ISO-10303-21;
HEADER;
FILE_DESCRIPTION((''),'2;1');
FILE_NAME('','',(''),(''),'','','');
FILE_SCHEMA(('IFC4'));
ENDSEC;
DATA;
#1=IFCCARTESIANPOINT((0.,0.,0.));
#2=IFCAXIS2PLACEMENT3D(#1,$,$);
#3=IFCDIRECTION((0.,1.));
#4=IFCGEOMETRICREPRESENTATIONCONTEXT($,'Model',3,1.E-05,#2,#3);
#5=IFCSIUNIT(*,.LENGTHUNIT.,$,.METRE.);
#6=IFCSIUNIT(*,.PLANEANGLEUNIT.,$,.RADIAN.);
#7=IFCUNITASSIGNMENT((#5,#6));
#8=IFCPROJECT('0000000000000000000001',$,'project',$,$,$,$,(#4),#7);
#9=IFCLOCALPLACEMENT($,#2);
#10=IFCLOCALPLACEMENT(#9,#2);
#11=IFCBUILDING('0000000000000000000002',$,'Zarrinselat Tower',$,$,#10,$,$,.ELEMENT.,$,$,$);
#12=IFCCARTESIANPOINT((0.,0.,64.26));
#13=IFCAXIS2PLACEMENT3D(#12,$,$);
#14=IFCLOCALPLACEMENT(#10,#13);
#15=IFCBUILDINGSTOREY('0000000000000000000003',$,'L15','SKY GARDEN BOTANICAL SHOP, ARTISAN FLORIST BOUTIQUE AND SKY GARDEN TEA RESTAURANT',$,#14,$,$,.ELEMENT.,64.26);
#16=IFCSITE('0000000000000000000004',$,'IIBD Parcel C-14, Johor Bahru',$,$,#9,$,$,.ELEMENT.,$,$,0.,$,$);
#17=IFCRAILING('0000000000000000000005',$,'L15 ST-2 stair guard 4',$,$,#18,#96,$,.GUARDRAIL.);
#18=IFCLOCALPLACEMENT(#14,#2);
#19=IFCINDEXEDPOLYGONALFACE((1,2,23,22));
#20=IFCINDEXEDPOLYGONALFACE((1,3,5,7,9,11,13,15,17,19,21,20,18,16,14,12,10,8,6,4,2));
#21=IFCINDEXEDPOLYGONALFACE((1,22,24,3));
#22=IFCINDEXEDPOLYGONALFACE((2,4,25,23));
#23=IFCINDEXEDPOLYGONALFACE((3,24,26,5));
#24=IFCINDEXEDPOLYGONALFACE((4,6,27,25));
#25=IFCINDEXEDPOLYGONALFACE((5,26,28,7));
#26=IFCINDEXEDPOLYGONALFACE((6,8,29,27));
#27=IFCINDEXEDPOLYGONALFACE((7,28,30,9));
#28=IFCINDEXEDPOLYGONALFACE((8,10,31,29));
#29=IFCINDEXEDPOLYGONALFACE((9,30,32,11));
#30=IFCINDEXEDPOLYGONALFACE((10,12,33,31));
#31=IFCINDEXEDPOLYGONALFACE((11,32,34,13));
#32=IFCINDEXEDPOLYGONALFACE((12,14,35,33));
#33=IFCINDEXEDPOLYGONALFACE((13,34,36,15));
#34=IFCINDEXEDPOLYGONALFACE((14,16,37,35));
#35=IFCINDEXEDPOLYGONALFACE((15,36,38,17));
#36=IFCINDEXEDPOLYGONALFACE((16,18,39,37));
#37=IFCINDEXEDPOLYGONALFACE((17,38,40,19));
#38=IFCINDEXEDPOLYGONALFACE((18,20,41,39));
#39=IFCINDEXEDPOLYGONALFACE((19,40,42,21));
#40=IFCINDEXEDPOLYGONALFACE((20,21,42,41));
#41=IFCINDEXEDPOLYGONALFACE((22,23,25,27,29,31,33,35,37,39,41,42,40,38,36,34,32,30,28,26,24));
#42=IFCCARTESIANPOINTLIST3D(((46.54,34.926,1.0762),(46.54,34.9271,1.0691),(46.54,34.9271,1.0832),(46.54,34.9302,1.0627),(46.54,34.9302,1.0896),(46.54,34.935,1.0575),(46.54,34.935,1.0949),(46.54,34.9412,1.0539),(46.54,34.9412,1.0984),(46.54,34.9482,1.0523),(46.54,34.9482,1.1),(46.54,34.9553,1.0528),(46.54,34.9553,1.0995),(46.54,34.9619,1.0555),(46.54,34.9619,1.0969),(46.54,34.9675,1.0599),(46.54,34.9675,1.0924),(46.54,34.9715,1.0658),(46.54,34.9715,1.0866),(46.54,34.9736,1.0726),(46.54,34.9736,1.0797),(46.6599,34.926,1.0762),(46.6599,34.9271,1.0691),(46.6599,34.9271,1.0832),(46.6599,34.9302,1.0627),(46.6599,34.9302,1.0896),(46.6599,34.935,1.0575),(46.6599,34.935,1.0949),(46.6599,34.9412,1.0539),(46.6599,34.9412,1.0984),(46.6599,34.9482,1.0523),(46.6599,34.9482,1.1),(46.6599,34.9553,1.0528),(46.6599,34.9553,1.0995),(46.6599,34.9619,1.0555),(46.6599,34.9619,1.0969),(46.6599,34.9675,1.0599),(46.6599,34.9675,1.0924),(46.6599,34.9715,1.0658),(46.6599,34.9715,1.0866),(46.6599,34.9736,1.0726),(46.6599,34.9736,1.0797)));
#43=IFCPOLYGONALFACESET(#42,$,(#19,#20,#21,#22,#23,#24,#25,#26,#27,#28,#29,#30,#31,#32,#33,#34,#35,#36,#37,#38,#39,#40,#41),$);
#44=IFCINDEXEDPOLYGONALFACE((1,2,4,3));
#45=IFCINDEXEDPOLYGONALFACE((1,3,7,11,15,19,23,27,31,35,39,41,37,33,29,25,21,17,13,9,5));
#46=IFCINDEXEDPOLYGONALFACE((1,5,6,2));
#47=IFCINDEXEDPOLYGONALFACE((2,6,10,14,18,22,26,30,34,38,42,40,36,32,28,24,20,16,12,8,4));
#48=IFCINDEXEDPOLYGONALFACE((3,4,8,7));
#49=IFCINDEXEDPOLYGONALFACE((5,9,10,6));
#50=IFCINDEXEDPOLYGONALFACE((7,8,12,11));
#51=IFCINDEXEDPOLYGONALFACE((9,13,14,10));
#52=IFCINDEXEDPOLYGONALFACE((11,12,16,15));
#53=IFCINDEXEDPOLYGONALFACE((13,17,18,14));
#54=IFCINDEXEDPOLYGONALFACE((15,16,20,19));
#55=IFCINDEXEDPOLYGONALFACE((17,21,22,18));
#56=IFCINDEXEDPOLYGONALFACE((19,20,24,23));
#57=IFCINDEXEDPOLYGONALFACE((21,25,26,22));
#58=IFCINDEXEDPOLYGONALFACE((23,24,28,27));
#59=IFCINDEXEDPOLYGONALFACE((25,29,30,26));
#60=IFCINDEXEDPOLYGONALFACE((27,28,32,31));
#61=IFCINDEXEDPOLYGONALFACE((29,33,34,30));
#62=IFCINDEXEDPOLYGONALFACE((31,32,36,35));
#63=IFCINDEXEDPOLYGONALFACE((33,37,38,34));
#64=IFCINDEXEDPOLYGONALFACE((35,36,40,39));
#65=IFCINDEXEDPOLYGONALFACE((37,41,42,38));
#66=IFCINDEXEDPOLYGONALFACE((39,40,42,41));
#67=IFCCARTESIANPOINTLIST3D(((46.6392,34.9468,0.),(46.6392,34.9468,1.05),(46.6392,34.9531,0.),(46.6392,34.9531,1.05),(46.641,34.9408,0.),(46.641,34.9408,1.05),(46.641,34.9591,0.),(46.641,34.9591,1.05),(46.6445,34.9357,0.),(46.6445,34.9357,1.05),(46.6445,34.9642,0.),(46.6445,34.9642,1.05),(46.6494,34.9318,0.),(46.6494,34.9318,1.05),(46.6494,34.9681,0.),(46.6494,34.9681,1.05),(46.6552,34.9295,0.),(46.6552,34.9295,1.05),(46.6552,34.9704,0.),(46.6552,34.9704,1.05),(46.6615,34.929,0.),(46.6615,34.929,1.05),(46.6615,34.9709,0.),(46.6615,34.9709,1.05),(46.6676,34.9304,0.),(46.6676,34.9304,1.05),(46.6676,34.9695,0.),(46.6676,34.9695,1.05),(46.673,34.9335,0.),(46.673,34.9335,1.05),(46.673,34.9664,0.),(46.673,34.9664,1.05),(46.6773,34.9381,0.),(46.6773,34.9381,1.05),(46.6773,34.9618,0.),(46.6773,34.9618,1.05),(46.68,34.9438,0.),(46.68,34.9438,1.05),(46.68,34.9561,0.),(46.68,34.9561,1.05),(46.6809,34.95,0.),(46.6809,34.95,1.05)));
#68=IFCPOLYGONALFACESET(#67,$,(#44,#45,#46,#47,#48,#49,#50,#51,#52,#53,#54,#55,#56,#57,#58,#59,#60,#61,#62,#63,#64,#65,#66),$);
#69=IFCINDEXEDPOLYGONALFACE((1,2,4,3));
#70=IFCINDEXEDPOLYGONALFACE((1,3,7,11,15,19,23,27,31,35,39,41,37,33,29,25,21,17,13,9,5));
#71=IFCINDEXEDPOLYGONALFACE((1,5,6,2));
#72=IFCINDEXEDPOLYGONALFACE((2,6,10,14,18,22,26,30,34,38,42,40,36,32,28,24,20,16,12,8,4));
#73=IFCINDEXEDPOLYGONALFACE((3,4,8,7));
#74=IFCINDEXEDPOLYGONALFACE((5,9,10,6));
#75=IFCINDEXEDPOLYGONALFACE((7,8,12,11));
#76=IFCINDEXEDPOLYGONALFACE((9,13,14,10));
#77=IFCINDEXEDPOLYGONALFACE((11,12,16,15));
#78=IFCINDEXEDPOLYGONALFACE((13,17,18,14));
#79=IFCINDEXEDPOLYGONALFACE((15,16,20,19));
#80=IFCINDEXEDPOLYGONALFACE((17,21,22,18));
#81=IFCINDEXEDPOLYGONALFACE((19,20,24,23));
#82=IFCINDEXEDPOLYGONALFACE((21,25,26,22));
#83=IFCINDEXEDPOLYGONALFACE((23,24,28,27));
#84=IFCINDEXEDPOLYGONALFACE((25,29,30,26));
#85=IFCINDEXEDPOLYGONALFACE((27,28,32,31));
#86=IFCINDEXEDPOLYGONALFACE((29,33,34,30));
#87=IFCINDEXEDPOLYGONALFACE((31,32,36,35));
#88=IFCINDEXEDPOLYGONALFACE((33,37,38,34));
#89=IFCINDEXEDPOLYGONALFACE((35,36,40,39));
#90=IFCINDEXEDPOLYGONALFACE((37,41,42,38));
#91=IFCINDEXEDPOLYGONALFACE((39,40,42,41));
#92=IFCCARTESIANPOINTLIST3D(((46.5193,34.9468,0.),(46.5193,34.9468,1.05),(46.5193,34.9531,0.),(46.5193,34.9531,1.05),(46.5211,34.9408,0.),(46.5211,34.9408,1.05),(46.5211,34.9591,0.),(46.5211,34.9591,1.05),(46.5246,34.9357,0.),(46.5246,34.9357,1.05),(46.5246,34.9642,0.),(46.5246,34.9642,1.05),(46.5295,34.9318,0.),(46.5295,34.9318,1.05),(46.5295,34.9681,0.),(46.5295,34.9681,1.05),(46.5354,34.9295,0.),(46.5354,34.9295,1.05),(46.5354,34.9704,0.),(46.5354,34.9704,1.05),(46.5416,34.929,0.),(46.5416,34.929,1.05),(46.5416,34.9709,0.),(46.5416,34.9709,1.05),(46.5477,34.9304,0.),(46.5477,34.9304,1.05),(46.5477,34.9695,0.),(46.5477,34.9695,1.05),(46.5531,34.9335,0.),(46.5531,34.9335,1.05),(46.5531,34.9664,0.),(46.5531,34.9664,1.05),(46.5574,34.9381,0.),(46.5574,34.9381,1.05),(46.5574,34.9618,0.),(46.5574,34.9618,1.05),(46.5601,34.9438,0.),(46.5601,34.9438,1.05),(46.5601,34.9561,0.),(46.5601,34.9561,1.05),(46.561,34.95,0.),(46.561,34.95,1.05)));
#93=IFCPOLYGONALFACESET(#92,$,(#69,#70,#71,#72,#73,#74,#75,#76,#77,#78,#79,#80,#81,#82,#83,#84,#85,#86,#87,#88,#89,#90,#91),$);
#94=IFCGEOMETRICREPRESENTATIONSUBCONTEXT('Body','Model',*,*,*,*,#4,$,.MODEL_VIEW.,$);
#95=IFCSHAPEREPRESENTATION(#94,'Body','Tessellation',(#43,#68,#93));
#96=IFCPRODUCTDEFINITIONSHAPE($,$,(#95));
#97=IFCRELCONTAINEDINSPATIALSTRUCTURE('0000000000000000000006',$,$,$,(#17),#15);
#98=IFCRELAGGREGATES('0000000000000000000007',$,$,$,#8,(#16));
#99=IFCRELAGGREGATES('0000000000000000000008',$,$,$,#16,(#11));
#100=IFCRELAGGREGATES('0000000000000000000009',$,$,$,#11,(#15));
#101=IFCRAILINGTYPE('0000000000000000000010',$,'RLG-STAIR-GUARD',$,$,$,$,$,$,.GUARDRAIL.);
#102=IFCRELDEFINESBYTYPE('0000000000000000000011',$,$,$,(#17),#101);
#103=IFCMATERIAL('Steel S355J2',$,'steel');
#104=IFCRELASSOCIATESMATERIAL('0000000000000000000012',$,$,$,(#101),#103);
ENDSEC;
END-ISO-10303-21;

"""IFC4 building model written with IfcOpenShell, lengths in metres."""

from ifc_helpers import new_model, si_unit, direction, frame, origin, origin_2d, place, context, subcontext, project, spatial, circle, extrude, material, type_object, element, save


model = new_model("IFC4")

# Units and contexts
model_context = context("Model", 3, precision=1e-05, world=origin(), true_north=direction((0.0, 1.0)))
body_context = subcontext(model_context, "Body", "Model", "MODEL_VIEW")
ifc_project = project(units=[si_unit("LENGTHUNIT", "METRE"), si_unit("PLANEANGLEUNIT", "RADIAN")], contexts=[model_context])

# Site, building, storey
site_placement = place(None, origin())
site = spatial("IfcSite", under=ifc_project, at=site_placement, Name="IIBD Parcel C-14, Johor Bahru", CompositionType="ELEMENT", RefElevation=0.0)
building_placement = place(site_placement, origin())
building = spatial("IfcBuilding", under=site, at=building_placement, Name="Zarrinselat Tower", CompositionType="ELEMENT")
storey_placement = place(building_placement, frame((0.0, 0.0, 64.26)))
storey = spatial("IfcBuildingStorey", under=building, at=storey_placement, Name="L15", Description="SKY GARDEN BOTANICAL SHOP, ARTISAN FLORIST BOUTIQUE AND SKY GARDEN TEA RESTAURANT", CompositionType="ELEMENT", Elevation=64.26)

# Railing
ifc_material_1 = material(Name="Steel S355J2", Category="steel")
railing_type_1 = type_object("IfcRailingType", Name="RLG-STAIR-GUARD", PredefinedType="GUARDRAIL", material=ifc_material_1)
railing_1_placement = place(storey_placement, frame((46.6599, 34.95, 0.0)))
element("IfcRailing", 1, at=railing_1_placement, inside=storey, type_object=railing_type_1, Name="L15 ST-2 stair guard 4", PredefinedType="GUARDRAIL", context=body_context, shape_type="SweptSolid", body=[
    extrude(circle(Radius=0.0239, at=origin_2d()), frame((0.0, 0.0, 1.0762), z_axis=(-1.0, 0.0, 0.0), x_axis=(0.0, -1.0, 0.0)), (0.0, 0.0, 1.0), 0.1199),
    extrude(circle(Radius=0.021, at=origin_2d()), origin(), (0.0, 0.0, 1.0), 1.05),
    extrude(circle(Radius=0.021, at=origin_2d()), frame((-0.1199, 0.0, 0.0)), (0.0, 0.0, 1.0), 1.05),
])

save(model, "model.ifc")
